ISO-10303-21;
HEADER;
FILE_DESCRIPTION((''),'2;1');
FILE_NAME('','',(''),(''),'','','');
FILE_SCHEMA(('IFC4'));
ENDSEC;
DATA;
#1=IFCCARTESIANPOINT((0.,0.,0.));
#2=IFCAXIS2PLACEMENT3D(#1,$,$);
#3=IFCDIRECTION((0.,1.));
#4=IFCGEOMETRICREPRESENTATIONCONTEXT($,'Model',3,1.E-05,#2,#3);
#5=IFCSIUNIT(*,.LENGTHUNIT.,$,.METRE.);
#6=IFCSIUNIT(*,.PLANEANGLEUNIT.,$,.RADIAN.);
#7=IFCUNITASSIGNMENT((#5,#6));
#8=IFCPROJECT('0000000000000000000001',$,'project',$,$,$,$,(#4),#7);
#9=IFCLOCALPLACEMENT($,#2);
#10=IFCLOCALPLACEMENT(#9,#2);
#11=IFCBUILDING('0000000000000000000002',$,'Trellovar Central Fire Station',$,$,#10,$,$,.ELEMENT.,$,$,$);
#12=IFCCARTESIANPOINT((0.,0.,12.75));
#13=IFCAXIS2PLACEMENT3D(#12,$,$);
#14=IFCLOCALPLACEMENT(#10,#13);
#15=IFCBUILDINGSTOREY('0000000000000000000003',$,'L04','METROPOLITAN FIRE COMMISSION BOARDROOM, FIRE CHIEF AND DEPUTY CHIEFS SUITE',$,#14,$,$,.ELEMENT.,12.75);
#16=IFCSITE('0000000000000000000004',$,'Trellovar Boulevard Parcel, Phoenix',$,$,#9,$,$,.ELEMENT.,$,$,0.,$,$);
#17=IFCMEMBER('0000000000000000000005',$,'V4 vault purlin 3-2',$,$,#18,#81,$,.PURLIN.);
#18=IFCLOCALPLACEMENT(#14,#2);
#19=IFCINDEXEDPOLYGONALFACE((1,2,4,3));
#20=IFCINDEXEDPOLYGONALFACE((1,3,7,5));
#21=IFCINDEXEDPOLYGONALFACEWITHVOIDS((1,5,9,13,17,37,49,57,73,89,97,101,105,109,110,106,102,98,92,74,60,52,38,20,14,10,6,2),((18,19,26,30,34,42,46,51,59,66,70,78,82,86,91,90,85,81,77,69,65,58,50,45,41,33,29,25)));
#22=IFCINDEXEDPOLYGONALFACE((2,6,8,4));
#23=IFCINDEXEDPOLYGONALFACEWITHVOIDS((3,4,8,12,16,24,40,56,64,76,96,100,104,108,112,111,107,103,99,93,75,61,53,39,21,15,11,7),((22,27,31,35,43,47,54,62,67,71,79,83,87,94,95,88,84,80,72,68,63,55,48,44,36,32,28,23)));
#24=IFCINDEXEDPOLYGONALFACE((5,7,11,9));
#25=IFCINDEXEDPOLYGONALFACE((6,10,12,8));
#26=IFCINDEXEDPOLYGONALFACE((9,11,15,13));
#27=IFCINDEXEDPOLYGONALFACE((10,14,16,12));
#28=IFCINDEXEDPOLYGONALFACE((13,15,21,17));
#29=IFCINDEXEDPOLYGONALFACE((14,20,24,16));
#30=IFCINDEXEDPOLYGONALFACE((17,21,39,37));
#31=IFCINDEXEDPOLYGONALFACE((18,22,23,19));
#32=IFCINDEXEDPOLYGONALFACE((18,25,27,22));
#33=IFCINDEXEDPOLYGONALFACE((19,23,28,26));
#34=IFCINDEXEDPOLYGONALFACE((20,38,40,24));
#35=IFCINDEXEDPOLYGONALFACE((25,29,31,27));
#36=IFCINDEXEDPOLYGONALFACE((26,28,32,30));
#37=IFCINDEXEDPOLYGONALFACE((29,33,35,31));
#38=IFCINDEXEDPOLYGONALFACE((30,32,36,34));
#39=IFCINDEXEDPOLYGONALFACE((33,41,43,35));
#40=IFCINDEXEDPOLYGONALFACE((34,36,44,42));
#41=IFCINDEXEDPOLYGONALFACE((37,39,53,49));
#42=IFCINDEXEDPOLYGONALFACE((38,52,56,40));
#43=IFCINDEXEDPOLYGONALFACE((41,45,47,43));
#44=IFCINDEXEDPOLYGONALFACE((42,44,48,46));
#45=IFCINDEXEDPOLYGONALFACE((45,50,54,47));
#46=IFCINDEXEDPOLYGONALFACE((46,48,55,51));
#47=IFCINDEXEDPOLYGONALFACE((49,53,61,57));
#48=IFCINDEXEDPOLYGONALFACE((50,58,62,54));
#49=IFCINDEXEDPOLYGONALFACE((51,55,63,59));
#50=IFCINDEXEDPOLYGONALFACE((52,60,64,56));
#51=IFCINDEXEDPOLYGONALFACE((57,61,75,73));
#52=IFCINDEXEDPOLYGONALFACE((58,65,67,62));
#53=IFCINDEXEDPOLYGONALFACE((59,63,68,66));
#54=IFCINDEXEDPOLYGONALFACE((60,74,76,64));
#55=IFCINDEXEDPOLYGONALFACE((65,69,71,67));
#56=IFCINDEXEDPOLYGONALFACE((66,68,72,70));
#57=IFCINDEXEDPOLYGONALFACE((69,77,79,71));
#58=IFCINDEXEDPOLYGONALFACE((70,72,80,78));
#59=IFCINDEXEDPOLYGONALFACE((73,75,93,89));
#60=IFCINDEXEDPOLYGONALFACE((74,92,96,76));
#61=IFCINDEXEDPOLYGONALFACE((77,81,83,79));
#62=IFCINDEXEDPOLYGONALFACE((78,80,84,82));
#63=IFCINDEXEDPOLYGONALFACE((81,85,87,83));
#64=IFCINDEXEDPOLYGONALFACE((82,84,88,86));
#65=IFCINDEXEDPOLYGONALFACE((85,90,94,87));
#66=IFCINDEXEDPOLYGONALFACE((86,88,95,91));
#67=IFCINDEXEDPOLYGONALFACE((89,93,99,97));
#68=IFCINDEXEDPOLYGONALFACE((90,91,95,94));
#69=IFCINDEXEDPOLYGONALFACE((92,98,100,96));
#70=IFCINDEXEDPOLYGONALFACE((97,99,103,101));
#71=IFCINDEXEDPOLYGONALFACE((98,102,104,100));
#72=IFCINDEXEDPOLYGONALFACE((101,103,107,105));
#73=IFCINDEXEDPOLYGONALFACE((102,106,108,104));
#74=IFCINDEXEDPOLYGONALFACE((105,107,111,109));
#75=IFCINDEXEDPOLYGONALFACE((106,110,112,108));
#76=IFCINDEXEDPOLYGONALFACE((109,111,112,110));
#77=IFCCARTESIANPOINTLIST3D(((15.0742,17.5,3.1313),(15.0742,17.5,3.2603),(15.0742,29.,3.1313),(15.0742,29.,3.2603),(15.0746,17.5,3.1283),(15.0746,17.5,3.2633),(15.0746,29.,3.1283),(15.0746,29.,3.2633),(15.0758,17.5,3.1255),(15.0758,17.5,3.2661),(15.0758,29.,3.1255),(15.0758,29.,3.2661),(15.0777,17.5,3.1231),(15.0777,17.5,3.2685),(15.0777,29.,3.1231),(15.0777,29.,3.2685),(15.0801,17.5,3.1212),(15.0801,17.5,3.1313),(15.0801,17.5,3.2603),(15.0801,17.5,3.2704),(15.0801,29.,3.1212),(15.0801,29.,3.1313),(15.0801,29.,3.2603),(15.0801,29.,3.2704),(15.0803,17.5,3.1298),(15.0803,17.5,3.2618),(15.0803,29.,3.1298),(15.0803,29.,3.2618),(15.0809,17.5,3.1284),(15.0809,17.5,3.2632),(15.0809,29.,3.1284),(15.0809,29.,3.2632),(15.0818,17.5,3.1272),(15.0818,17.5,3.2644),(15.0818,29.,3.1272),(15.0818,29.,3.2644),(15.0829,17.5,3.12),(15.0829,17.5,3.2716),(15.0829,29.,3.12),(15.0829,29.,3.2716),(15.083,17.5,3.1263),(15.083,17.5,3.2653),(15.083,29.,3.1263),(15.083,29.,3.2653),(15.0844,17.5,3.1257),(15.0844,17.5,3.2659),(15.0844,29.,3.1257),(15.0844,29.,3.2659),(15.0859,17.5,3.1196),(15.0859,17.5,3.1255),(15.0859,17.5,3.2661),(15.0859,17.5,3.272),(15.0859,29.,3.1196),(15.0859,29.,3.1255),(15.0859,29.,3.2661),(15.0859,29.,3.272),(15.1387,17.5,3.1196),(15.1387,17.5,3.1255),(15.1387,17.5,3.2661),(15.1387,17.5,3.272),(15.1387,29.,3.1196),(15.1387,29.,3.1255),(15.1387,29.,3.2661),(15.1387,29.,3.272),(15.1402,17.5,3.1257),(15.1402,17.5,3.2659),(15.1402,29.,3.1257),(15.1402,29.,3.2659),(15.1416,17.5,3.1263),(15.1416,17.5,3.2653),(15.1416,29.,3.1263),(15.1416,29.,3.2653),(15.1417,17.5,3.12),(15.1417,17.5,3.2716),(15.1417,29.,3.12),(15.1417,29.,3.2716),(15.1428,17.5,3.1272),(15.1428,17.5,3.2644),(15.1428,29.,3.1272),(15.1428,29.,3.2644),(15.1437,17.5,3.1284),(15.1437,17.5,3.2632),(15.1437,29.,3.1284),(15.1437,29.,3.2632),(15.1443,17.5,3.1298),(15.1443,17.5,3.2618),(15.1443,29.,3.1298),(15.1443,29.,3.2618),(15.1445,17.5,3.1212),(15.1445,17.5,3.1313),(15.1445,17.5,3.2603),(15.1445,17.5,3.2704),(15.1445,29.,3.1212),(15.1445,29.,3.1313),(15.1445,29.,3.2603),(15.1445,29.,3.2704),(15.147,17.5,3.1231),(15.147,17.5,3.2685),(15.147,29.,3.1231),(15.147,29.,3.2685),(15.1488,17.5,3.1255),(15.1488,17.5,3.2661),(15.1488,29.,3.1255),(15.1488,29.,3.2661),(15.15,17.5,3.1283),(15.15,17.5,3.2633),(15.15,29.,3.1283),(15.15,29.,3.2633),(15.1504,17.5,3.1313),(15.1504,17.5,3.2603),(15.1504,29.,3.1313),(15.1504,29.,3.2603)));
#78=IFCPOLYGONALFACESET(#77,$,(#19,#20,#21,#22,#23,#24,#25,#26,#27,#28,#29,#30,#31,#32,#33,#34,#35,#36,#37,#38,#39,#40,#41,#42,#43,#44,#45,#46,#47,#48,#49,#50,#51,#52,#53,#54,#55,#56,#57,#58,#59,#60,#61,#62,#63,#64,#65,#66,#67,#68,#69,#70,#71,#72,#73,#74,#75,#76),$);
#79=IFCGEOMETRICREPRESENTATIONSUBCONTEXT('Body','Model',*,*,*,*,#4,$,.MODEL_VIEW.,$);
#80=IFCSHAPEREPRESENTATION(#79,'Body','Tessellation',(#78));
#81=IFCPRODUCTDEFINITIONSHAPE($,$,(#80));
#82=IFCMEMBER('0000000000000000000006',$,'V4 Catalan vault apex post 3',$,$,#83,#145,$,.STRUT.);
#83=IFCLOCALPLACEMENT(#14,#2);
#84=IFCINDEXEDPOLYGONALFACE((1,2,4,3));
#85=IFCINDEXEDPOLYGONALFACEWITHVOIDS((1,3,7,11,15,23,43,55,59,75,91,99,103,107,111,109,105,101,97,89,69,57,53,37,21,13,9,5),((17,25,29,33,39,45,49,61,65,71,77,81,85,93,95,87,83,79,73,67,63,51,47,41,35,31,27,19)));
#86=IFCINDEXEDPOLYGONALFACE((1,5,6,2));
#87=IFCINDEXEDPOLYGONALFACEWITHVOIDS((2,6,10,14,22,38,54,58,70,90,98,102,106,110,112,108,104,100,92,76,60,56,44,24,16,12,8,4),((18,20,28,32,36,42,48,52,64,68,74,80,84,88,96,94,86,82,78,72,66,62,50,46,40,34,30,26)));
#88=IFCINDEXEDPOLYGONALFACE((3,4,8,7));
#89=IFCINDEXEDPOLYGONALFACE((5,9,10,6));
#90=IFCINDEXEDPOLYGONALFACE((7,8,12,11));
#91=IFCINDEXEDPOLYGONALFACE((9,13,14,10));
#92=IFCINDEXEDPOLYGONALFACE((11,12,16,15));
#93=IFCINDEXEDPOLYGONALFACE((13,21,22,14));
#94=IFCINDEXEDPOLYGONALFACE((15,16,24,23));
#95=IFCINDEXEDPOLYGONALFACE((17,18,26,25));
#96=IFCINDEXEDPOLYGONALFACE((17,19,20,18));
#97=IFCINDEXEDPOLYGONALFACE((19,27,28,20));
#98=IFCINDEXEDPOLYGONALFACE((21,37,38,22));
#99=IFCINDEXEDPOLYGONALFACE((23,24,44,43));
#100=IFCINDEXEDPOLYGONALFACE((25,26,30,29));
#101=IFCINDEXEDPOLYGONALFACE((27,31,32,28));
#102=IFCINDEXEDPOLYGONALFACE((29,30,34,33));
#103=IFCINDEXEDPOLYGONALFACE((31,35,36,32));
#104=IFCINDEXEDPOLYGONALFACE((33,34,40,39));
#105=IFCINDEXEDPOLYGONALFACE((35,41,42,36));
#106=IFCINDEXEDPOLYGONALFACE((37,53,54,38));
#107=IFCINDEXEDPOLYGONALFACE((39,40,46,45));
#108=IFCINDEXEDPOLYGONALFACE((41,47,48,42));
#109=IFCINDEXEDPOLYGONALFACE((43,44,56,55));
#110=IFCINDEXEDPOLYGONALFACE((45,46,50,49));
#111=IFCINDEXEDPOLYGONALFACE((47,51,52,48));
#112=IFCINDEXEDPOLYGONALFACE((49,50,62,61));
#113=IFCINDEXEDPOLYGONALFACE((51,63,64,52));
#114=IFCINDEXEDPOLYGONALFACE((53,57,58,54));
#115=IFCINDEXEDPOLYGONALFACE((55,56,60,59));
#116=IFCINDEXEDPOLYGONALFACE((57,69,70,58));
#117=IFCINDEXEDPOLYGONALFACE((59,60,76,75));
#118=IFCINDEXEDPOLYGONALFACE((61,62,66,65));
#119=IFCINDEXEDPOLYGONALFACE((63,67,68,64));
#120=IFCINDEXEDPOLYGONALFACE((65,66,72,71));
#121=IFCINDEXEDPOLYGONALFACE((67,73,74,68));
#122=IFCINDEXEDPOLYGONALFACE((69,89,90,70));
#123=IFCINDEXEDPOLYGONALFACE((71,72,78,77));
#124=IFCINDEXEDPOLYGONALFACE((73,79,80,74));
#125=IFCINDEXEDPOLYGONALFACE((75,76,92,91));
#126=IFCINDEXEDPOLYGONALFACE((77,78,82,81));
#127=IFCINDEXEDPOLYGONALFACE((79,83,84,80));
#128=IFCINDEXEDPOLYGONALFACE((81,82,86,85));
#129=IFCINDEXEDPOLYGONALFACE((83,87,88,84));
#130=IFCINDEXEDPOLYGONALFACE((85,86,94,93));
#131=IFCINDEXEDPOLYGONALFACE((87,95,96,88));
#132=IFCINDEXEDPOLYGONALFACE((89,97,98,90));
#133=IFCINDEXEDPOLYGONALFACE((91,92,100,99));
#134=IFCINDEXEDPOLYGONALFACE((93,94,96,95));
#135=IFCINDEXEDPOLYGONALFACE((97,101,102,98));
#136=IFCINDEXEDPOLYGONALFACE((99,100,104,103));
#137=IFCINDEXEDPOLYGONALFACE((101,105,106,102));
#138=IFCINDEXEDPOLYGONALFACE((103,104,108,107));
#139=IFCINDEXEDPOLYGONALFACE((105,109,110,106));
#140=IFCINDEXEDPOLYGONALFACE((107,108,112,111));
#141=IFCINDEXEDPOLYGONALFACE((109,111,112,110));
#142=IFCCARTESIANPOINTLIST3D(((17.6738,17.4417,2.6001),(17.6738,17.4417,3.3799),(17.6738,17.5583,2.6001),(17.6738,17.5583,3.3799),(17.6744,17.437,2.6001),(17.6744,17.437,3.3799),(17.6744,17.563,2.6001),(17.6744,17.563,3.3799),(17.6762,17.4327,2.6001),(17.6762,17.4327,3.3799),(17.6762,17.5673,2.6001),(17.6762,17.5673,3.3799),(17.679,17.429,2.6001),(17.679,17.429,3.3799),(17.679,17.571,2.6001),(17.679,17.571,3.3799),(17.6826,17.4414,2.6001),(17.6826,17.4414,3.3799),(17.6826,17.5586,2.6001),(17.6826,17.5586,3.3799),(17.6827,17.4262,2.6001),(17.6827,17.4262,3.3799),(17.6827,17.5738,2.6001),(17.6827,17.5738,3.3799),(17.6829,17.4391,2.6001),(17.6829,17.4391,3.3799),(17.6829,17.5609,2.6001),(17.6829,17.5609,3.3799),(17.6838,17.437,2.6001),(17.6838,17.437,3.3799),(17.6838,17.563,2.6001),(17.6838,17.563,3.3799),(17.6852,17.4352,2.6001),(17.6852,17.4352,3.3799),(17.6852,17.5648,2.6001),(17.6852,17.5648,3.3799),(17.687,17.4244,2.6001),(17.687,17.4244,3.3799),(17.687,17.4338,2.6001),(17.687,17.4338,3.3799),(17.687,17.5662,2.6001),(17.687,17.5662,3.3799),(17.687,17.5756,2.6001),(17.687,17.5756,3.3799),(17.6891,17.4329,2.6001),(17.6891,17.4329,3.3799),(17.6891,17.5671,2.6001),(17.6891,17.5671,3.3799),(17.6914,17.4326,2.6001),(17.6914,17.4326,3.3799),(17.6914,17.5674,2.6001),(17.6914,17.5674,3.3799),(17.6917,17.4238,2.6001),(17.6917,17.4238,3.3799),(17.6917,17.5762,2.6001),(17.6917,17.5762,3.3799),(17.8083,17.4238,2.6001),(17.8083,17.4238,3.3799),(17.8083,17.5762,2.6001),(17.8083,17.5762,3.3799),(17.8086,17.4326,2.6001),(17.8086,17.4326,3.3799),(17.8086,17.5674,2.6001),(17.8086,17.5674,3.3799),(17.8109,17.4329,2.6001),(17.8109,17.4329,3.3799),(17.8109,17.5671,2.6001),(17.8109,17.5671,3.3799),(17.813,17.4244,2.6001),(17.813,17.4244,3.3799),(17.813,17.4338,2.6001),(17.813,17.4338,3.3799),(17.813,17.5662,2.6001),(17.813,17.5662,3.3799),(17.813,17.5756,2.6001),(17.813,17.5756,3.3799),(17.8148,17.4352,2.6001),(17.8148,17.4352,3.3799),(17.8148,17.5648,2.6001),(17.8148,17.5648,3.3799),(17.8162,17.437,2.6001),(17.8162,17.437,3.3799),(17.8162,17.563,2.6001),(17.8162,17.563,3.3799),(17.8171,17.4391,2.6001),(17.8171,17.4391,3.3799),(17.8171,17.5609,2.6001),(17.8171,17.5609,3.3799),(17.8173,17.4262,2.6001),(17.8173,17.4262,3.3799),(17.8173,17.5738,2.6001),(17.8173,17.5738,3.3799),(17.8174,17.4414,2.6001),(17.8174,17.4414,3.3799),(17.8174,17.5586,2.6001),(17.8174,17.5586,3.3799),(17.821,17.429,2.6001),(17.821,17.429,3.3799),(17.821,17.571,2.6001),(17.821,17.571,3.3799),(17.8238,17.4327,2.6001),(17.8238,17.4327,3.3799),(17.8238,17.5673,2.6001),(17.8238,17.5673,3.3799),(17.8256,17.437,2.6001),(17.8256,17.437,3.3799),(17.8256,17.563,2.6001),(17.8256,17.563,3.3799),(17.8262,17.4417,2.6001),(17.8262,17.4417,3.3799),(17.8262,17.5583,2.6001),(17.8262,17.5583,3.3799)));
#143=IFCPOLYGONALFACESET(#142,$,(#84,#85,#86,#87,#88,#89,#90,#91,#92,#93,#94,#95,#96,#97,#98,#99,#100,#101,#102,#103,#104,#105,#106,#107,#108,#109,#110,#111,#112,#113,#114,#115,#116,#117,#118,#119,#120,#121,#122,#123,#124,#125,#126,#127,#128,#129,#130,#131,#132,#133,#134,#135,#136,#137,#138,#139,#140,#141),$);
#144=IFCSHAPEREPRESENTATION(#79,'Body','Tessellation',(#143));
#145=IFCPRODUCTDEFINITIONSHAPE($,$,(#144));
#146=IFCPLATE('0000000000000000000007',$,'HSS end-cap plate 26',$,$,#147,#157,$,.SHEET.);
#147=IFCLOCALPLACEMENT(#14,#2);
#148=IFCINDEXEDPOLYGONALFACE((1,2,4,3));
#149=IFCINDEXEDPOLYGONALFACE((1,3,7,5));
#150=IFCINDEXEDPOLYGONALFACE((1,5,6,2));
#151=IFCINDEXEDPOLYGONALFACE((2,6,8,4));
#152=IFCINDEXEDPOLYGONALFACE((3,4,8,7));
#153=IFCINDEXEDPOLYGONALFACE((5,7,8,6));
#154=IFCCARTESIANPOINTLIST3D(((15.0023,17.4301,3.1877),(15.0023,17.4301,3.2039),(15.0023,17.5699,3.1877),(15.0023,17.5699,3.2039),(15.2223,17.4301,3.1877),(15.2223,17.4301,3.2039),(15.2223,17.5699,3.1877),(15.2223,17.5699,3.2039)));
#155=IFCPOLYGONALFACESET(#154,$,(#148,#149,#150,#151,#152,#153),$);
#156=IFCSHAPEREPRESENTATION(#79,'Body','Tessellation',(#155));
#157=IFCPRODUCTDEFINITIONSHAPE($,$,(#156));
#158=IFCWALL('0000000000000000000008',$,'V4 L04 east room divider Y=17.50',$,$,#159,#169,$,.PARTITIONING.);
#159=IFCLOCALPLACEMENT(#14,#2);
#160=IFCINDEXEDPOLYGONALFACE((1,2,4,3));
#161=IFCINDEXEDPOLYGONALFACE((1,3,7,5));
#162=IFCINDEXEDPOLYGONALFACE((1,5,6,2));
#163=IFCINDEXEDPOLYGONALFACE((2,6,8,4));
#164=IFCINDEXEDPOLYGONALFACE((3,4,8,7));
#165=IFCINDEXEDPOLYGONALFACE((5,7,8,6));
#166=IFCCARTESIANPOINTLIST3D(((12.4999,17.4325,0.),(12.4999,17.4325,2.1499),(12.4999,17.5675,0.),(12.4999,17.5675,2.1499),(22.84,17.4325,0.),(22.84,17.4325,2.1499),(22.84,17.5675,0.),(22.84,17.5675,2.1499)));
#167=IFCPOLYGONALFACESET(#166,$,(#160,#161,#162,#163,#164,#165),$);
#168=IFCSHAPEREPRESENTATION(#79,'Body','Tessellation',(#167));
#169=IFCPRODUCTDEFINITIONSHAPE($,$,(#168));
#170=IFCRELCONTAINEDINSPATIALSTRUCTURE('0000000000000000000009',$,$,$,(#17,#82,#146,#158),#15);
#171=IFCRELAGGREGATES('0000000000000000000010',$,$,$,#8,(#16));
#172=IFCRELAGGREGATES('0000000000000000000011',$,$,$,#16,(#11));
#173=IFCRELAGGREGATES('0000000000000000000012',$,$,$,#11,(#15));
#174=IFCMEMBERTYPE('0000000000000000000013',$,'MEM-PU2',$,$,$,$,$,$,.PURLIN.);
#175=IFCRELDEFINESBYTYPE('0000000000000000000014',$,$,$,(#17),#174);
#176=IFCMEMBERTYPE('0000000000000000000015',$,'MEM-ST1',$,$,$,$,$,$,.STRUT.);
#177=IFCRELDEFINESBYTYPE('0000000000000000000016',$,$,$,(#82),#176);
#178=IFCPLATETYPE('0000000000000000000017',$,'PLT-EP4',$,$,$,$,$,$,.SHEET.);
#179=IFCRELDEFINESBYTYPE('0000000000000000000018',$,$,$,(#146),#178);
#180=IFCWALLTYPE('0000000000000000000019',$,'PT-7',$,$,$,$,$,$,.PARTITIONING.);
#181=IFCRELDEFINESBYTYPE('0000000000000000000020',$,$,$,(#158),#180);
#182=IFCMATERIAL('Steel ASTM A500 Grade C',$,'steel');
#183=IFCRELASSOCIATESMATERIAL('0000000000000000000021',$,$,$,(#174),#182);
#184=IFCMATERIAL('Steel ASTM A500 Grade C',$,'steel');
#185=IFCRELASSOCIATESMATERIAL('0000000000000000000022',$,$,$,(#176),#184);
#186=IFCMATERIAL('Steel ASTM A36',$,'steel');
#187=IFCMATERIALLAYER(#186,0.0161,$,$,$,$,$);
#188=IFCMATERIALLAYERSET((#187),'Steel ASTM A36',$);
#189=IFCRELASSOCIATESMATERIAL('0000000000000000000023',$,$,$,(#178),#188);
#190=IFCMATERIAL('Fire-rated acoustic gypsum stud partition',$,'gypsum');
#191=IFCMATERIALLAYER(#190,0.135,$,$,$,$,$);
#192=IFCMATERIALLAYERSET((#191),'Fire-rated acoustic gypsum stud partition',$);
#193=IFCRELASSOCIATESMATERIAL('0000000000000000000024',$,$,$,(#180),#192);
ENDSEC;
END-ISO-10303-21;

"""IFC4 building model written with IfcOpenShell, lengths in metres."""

from ifc_helpers import new_model, si_unit, direction, frame, frame_2d, origin, origin_2d, place, context, subcontext, project, spatial, rectangle, hollow_rectangle, extrude, material, layer, layer_set, material_profile, profile_set, type_object, element, save


model = new_model("IFC4")

# Units and contexts
model_context = context("Model", 3, precision=1e-05, world=origin(), true_north=direction((0.0, 1.0)))
body_context = subcontext(model_context, "Body", "Model", "MODEL_VIEW")
ifc_project = project(units=[si_unit("LENGTHUNIT", "METRE"), si_unit("PLANEANGLEUNIT", "RADIAN")], contexts=[model_context])

# Site, building, storey
site_placement = place(None, origin())
site = spatial("IfcSite", under=ifc_project, at=site_placement, Name="Trellovar Boulevard Parcel, Phoenix", CompositionType="ELEMENT", RefElevation=0.0)
building_placement = place(site_placement, origin())
building = spatial("IfcBuilding", under=site, at=building_placement, Name="Trellovar Central Fire Station", CompositionType="ELEMENT")
storey_placement = place(building_placement, frame((0.0, 0.0, 12.75)))
storey = spatial("IfcBuildingStorey", under=building, at=storey_placement, Name="L04", Description="METROPOLITAN FIRE COMMISSION BOARDROOM, FIRE CHIEF AND DEPUTY CHIEFS SUITE", CompositionType="ELEMENT", Elevation=12.75)

# Members
ifc_material_1 = material(Name="Steel ASTM A500 Grade C", Category="steel")
ifc_material_profile_1 = material_profile(ifc_material_1, hollow_rectangle(XDim=0.0762, YDim=0.1523, WallThickness=0.0059, InnerFilletRadius=0.0059, OuterFilletRadius=0.0117, at=origin_2d()), Name="HSS6X3X1/4")
ifc_profile_set_1 = profile_set([ifc_material_profile_1], Name="Steel ASTM A500 Grade C")
member_type_1 = type_object("IfcMemberType", Name="MEM-PU2", PredefinedType="PURLIN", material=ifc_profile_set_1)
for number, where, z_axis, x_axis, name in (
    (1, (15.1123, 17.5, 3.1958), (0.0, 1.0, 0.0), (-1.0, 0.0, 0.0), "V4 vault purlin 3-2"),
):
    element("IfcMember", number, at=place(storey_placement, frame(where, z_axis=z_axis, x_axis=x_axis)), inside=storey, type_object=member_type_1, Name=name, PredefinedType="PURLIN", context=body_context, shape_type="SweptSolid", body=[
        extrude(hollow_rectangle(XDim=0.0762, YDim=0.1523, WallThickness=0.0059, InnerFilletRadius=0.0059, OuterFilletRadius=0.0117, at=origin_2d()), origin(), (0.0, 0.0, 1.0), 11.5),
    ])
ifc_material_2 = material(Name="Steel ASTM A500 Grade C", Category="steel")
ifc_material_profile_2 = material_profile(ifc_material_2, hollow_rectangle(XDim=0.1523, YDim=0.1523, WallThickness=0.0088, InnerFilletRadius=0.0088, OuterFilletRadius=0.0178, at=origin_2d()), Name="HSS6X6X3/8")
ifc_profile_set_2 = profile_set([ifc_material_profile_2], Name="Steel ASTM A500 Grade C")
member_type_2 = type_object("IfcMemberType", Name="MEM-ST1", PredefinedType="STRUT", material=ifc_profile_set_2)
member_1_placement = place(storey_placement, frame((17.75, 17.5, 2.6001), z_axis=(0.0, 0.0, 1.0), x_axis=(1.0, 0.0, 0.0)))
element("IfcMember", 2, at=member_1_placement, inside=storey, type_object=member_type_2, Name="V4 Catalan vault apex post 3", PredefinedType="STRUT", context=body_context, shape_type="SweptSolid", body=[
    extrude(hollow_rectangle(XDim=0.1523, YDim=0.1523, WallThickness=0.0088, InnerFilletRadius=0.0088, OuterFilletRadius=0.0178, at=origin_2d()), origin(), (0.0, 0.0, 1.0), 0.7798),
])

# Plate
ifc_material_3 = material(Name="Steel ASTM A36", Category="steel")
ifc_layer_1 = layer(ifc_material_3, 0.0161)
ifc_layer_set_1 = layer_set([ifc_layer_1], Name="Steel ASTM A36")
plate_type = type_object("IfcPlateType", Name="PLT-EP4", PredefinedType="SHEET", material=ifc_layer_set_1)
plate_placement = place(storey_placement, frame((15.1123, 17.5, 3.1877), z_axis=(0.0, 0.0, 1.0), x_axis=(1.0, 0.0, 0.0)))
element("IfcPlate", 3, at=plate_placement, inside=storey, type_object=plate_type, Name="HSS end-cap plate 26", PredefinedType="SHEET", context=body_context, shape_type="SweptSolid", body=[
    extrude(rectangle(XDim=0.22, YDim=0.1399, at=origin_2d()), origin(), (0.0, 0.0, 1.0), 0.0161),
])

# Wall
ifc_material_4 = material(Name="Fire-rated acoustic gypsum stud partition", Category="gypsum")
ifc_layer_2 = layer(ifc_material_4, 0.135)
ifc_layer_set_2 = layer_set([ifc_layer_2], Name="Fire-rated acoustic gypsum stud partition")
wall_type_1 = type_object("IfcWallType", Name="PT-7", PredefinedType="PARTITIONING", material=ifc_layer_set_2)
wall_1_placement = place(storey_placement, frame((12.5, 17.5, 0.0), z_axis=(0.0, 0.0, 1.0), x_axis=(1.0, 0.0, 0.0)))
element("IfcWall", 4, at=wall_1_placement, inside=storey, type_object=wall_type_1, Name="V4 L04 east room divider Y=17.50", PredefinedType="PARTITIONING", context=body_context, shape_type="SweptSolid", body=[
    extrude(rectangle(XDim=10.3401, YDim=0.135, at=frame_2d((5.1699, 0.0))), origin(), (0.0, 0.0, 1.0), 2.1499),
])

save(model, "model.ifc")
